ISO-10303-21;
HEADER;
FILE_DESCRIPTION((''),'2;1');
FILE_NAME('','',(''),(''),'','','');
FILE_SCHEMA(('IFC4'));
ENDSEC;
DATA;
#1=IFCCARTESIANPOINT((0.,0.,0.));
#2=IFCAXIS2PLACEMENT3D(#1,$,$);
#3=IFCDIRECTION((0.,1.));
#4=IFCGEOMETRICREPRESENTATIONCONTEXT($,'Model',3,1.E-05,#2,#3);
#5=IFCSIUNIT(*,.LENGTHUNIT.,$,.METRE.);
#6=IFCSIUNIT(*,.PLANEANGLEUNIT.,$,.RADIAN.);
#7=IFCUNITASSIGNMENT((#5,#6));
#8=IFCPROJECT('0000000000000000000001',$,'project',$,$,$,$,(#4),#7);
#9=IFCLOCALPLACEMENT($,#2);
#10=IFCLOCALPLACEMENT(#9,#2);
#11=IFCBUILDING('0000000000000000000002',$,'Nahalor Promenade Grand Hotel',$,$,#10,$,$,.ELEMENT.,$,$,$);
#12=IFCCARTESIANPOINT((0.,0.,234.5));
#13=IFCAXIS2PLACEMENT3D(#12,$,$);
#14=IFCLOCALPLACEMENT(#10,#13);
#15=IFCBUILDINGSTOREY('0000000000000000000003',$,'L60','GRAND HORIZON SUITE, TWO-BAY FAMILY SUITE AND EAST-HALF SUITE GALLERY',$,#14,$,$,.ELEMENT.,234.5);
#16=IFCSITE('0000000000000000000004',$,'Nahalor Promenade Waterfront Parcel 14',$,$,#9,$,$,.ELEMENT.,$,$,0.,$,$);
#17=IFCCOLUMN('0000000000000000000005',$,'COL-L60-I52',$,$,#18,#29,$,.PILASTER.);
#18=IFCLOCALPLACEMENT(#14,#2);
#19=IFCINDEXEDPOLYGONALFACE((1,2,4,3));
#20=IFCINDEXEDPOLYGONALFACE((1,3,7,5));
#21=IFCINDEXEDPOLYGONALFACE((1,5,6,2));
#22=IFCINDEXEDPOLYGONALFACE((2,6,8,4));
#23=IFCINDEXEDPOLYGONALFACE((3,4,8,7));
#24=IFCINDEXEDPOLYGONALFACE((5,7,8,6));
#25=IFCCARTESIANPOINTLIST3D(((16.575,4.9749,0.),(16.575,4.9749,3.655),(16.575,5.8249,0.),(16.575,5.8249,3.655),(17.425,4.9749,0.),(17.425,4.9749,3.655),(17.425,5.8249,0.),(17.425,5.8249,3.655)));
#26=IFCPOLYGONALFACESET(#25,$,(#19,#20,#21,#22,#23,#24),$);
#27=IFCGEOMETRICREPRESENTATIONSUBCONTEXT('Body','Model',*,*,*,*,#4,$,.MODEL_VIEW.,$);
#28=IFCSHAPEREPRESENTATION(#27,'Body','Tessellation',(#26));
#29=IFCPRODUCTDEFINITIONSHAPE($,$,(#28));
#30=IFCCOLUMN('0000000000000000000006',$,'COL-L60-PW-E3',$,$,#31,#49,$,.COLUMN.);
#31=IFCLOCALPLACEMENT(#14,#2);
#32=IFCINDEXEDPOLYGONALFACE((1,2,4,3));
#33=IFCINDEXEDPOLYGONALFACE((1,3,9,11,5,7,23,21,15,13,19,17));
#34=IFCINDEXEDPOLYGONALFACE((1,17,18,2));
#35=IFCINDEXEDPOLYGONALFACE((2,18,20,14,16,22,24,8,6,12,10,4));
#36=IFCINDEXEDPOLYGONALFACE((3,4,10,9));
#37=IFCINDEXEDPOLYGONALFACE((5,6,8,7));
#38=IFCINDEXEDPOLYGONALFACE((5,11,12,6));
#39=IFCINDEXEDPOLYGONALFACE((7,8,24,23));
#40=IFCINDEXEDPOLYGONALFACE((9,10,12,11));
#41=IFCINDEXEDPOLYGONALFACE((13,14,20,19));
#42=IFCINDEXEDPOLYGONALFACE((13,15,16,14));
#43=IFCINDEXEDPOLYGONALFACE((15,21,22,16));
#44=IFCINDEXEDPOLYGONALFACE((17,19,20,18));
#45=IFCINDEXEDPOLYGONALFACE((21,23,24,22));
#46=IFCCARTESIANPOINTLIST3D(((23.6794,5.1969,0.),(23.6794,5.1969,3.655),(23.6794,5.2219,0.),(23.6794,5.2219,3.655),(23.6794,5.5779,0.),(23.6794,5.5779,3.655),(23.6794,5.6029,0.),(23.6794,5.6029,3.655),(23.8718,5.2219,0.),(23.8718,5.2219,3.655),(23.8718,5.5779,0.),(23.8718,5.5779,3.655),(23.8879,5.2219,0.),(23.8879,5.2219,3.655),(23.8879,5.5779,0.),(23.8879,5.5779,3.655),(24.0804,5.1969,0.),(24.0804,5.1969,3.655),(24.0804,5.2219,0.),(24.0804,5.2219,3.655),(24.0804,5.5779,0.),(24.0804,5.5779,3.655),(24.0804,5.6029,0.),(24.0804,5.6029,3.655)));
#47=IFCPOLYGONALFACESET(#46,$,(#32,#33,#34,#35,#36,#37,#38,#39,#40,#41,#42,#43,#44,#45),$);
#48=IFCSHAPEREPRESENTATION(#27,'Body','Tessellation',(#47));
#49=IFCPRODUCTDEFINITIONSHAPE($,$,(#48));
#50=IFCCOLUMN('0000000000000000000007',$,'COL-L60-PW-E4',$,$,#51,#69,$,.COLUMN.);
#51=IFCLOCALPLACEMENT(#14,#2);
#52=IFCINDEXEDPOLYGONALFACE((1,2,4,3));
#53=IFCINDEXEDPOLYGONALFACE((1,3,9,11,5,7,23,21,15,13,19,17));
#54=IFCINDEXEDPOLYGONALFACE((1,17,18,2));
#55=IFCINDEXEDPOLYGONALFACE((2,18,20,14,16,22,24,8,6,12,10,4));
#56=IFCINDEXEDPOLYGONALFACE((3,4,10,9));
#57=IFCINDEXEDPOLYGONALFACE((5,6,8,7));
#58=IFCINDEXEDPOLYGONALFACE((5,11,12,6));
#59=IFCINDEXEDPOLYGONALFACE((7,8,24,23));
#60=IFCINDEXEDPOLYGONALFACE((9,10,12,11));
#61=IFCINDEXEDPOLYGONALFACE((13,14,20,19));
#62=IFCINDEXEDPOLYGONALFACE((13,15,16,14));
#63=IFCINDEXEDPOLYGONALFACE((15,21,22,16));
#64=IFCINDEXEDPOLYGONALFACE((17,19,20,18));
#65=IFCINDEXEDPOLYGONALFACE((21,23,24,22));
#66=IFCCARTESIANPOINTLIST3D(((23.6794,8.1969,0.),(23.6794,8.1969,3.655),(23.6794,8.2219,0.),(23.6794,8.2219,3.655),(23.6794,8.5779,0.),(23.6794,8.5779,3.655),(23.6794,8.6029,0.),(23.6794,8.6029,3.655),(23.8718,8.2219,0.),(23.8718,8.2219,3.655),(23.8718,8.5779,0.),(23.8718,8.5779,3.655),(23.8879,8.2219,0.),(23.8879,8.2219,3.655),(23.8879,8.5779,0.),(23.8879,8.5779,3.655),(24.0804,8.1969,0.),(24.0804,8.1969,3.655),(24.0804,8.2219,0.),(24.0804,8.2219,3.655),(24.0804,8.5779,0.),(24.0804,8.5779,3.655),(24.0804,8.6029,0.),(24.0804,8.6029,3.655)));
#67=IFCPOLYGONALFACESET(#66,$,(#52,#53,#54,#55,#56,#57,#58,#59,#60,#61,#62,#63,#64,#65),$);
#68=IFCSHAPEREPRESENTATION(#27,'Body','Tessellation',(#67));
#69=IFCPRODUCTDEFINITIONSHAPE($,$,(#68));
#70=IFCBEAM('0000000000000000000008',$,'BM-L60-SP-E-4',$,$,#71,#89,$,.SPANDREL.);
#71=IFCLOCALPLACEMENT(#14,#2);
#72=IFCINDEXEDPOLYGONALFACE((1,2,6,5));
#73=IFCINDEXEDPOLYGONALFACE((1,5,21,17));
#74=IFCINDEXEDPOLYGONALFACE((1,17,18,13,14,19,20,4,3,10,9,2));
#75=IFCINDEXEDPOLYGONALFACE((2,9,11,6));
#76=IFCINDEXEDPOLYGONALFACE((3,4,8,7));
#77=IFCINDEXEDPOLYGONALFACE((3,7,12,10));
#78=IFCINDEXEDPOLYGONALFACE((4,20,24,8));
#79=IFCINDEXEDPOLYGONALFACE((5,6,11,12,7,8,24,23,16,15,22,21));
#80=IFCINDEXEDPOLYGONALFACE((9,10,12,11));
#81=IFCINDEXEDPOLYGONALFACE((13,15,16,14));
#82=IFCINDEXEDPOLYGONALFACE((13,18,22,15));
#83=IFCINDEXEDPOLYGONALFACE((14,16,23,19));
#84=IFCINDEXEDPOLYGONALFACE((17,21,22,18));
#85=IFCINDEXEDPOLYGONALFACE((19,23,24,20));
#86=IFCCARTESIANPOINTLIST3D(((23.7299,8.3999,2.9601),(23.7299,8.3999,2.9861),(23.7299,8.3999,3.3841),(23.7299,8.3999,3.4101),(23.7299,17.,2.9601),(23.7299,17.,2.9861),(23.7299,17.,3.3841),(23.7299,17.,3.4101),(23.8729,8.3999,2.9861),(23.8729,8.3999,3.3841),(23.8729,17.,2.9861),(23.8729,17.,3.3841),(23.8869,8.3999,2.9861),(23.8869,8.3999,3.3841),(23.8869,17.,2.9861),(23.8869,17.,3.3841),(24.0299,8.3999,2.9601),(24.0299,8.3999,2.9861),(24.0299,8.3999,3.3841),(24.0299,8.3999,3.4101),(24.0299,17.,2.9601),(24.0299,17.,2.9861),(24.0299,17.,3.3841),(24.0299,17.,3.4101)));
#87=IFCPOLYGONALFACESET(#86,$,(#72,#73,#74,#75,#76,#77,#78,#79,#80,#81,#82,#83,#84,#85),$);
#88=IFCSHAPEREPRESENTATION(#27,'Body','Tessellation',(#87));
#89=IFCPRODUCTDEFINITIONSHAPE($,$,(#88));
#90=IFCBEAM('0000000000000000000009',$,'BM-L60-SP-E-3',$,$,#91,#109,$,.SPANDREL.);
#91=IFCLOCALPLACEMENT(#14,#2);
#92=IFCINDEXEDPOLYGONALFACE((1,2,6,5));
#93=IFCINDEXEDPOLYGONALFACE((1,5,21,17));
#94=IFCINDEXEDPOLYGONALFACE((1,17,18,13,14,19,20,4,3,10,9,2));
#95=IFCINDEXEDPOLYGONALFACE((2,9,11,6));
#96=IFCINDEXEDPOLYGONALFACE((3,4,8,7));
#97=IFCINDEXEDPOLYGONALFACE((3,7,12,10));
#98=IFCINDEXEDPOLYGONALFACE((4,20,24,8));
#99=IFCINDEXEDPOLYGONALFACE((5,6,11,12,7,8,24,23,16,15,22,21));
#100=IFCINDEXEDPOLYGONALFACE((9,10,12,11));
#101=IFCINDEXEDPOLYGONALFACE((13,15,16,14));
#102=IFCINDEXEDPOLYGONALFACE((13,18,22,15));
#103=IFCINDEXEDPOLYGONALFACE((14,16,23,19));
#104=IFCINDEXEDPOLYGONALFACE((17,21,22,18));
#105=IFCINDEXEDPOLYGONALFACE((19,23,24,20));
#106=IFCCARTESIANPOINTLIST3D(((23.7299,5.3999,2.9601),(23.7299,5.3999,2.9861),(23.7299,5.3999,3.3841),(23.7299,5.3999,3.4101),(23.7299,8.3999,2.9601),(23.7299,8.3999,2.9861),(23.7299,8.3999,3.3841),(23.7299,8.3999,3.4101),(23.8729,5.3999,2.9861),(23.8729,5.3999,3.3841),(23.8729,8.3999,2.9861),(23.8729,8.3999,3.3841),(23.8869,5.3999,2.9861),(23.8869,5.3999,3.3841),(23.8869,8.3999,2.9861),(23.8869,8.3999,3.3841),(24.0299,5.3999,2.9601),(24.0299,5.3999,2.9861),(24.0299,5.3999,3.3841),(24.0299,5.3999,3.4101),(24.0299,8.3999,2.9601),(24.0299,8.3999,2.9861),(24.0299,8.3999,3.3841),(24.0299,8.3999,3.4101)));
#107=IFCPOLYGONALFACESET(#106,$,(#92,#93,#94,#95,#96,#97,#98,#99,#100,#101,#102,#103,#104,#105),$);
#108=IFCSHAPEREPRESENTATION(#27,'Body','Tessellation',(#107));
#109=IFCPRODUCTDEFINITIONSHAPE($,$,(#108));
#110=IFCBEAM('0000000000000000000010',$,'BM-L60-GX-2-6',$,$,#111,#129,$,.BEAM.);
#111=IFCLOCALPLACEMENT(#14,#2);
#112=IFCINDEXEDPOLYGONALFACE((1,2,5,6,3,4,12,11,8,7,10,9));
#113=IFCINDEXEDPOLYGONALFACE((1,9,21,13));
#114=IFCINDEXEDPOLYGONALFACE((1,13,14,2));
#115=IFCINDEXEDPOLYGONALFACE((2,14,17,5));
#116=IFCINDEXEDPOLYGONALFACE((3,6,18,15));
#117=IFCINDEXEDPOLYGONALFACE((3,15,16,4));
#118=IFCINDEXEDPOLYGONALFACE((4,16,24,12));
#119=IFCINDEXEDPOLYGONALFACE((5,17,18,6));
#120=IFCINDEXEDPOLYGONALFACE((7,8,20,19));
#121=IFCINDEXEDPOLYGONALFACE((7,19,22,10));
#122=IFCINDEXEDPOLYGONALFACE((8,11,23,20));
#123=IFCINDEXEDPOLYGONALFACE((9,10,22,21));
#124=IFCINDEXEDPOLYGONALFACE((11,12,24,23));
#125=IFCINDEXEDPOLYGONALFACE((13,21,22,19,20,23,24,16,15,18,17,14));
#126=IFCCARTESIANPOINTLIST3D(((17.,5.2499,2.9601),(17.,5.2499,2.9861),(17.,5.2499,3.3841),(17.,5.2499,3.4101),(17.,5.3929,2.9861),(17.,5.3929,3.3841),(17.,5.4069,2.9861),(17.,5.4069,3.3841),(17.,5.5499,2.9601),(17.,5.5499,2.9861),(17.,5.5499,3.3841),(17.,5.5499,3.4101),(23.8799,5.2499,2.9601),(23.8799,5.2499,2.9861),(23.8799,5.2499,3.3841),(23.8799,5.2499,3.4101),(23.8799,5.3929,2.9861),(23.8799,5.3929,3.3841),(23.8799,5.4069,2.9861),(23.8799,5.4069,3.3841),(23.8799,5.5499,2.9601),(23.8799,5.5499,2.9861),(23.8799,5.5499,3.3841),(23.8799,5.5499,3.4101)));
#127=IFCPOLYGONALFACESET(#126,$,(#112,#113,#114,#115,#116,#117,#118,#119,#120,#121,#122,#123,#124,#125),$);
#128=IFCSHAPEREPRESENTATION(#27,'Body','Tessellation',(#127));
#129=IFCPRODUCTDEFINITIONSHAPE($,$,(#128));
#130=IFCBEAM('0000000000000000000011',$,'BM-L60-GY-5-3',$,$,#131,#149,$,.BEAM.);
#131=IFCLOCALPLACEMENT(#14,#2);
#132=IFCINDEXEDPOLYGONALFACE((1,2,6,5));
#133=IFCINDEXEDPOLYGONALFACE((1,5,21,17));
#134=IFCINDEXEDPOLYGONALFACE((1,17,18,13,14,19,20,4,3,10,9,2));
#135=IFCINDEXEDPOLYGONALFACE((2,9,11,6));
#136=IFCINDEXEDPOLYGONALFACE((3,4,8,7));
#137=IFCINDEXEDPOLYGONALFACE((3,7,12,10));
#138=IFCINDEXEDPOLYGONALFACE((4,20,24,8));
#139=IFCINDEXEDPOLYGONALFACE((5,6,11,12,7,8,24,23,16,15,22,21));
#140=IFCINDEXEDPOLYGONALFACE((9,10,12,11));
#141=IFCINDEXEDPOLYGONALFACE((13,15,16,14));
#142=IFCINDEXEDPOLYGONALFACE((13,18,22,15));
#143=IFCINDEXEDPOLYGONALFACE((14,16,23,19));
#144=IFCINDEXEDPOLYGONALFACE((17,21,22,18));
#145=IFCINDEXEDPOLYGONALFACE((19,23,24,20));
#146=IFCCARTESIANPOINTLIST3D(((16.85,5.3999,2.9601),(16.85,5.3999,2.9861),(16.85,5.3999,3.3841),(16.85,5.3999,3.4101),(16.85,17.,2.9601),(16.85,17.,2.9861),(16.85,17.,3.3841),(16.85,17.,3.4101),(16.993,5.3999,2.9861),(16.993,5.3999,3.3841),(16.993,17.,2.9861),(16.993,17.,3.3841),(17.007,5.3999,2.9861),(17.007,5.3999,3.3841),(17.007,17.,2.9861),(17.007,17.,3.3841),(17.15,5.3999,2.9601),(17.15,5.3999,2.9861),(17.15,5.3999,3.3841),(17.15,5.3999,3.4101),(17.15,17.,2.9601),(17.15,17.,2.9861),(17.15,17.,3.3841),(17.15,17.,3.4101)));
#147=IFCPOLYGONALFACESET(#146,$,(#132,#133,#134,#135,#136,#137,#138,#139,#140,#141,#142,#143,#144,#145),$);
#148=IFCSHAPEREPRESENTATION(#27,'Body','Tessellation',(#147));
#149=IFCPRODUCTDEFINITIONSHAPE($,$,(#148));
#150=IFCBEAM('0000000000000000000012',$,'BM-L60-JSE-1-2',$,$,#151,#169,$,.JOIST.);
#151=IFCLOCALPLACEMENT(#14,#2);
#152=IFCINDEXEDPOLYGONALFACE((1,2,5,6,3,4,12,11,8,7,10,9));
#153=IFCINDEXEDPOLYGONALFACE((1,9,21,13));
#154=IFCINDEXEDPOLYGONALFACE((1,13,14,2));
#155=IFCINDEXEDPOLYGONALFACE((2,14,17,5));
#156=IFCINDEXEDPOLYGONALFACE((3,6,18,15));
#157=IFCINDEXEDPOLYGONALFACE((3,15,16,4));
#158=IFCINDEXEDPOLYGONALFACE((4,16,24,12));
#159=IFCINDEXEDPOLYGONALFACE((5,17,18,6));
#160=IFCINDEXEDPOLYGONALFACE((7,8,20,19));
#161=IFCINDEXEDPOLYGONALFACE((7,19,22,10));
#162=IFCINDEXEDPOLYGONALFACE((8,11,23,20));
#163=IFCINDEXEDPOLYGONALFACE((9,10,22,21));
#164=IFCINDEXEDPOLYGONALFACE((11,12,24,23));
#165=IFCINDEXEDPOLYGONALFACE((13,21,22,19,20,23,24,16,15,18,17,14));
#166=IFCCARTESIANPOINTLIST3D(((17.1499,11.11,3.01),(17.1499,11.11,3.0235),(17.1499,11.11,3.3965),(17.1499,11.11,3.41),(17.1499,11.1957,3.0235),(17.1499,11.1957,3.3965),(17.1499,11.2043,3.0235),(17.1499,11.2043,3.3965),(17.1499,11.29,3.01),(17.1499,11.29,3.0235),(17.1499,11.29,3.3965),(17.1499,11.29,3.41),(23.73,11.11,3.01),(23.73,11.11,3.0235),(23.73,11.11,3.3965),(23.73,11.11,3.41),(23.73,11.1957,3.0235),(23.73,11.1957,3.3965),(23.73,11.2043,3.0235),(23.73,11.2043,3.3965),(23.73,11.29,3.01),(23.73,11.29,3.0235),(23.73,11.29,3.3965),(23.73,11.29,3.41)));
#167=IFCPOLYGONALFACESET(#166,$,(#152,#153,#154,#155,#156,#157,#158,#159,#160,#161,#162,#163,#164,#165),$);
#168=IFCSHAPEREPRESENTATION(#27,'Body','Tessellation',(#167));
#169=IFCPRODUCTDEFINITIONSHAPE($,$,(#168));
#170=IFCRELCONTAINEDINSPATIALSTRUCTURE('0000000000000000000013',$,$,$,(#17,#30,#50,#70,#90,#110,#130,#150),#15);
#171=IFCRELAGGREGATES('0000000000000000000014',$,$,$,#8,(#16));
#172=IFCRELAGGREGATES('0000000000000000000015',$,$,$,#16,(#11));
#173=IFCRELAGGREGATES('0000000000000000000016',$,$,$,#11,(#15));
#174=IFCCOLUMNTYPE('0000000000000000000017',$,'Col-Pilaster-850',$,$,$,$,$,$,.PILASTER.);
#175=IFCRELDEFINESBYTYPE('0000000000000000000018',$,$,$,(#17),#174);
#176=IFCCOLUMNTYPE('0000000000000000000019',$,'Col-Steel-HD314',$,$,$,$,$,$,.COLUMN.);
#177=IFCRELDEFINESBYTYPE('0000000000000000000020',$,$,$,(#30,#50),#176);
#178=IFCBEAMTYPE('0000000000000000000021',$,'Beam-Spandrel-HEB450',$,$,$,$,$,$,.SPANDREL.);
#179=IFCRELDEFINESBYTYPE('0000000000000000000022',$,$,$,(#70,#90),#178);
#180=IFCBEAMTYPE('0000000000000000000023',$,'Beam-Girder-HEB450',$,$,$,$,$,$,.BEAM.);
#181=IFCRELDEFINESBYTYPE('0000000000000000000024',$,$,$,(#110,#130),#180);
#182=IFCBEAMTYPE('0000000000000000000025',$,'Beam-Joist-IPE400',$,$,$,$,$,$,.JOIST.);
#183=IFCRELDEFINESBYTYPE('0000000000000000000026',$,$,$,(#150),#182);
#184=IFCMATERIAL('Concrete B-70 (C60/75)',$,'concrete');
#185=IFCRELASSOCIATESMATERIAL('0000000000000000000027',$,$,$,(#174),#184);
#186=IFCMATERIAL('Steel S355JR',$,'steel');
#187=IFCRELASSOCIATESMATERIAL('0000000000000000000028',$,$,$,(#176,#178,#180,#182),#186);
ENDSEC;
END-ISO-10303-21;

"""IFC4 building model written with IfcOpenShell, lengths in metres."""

from ifc_helpers import new_model, si_unit, direction, frame, origin, origin_2d, place, context, subcontext, project, spatial, rectangle, i_section, extrude, source, transform, mapped, material, material_profile, profile_set, type_object, element, save


model = new_model("IFC4")

# Units and contexts
model_context = context("Model", 3, precision=1e-05, world=origin(), true_north=direction((0.0, 1.0)))
body_context = subcontext(model_context, "Body", "Model", "MODEL_VIEW")
ifc_project = project(units=[si_unit("LENGTHUNIT", "METRE"), si_unit("PLANEANGLEUNIT", "RADIAN")], contexts=[model_context])

# Site, building, storey
site_placement = place(None, origin())
site = spatial("IfcSite", under=ifc_project, at=site_placement, Name="Nahalor Promenade Waterfront Parcel 14", CompositionType="ELEMENT", RefElevation=0.0)
building_placement = place(site_placement, origin())
building = spatial("IfcBuilding", under=site, at=building_placement, Name="Nahalor Promenade Grand Hotel", CompositionType="ELEMENT")
storey_placement = place(building_placement, frame((0.0, 0.0, 234.5)))
storey = spatial("IfcBuildingStorey", under=building, at=storey_placement, Name="L60", Description="GRAND HORIZON SUITE, TWO-BAY FAMILY SUITE AND EAST-HALF SUITE GALLERY", CompositionType="ELEMENT", Elevation=234.5)

# Columns
ifc_material_1 = material(Name="Concrete B-70 (C60/75)", Category="concrete")
ifc_material_profile_1 = material_profile(ifc_material_1, rectangle(XDim=0.85, YDim=0.85, at=origin_2d()), Name="RC 850x850")
ifc_profile_set_1 = profile_set([ifc_material_profile_1], Name="Concrete B-70 (C60/75)")
column_type_1 = type_object("IfcColumnType", Name="Col-Pilaster-850", PredefinedType="PILASTER", material=ifc_profile_set_1)
shared_shape_1 = source(origin(), body_context, "Body", "SweptSolid", [
    extrude(rectangle(XDim=0.85, YDim=0.85, at=origin_2d()), origin(), (0.0, 0.0, 1.0), 3.655),
])
column_placement = place(storey_placement, frame((17.0, 5.3999, 0.0), z_axis=(0.0, 0.0, 1.0), x_axis=(1.0, 0.0, 0.0)))
element("IfcColumn", 1, at=column_placement, inside=storey, type_object=column_type_1, Name="COL-L60-I52", PredefinedType="PILASTER", context=body_context, shape_type="MappedRepresentation", body=[
    mapped(shared_shape_1, transform((0.0, 0.0, 0.0), scale=1.0)),
])
ifc_material_2 = material(Name="Steel S355JR", Category="steel")
ifc_material_profile_2 = material_profile(ifc_material_2, i_section(OverallWidth=0.401, OverallDepth=0.406, WebThickness=0.0161, FlangeThickness=0.025, at=origin_2d()), Name="HD 400x314")
ifc_profile_set_2 = profile_set([ifc_material_profile_2], Name="Steel S355JR")
column_type_2 = type_object("IfcColumnType", Name="Col-Steel-HD314", PredefinedType="COLUMN", material=ifc_profile_set_2)
shared_shape_2 = source(origin(), body_context, "Body", "SweptSolid", [
    extrude(i_section(OverallWidth=0.401, OverallDepth=0.406, WebThickness=0.0161, FlangeThickness=0.025, at=origin_2d()), origin(), (0.0, 0.0, 1.0), 3.655),
])
for number, where, z_axis, x_axis, name in (
    (2, (23.8799, 5.3999, 0.0), (0.0, 0.0, 1.0), (1.0, 0.0, 0.0), "COL-L60-PW-E3"),
    (3, (23.8799, 8.3999, 0.0), (0.0, 0.0, 1.0), (1.0, 0.0, 0.0), "COL-L60-PW-E4"),
):
    element("IfcColumn", number, at=place(storey_placement, frame(where, z_axis=z_axis, x_axis=x_axis)), inside=storey, type_object=column_type_2, Name=name, PredefinedType="COLUMN", context=body_context, shape_type="MappedRepresentation", body=[
        mapped(shared_shape_2, transform((0.0, 0.0, 0.0), scale=1.0)),
    ])

# Beams
ifc_material_profile_3 = material_profile(ifc_material_2, i_section(OverallWidth=0.3, OverallDepth=0.45, WebThickness=0.014, FlangeThickness=0.026, at=origin_2d()), Name="HEB 450")
ifc_profile_set_3 = profile_set([ifc_material_profile_3], Name="Steel S355JR")
beam_type_1 = type_object("IfcBeamType", Name="Beam-Spandrel-HEB450", PredefinedType="SPANDREL", material=ifc_profile_set_3)
shared_shape_3 = source(origin(), body_context, "Body", "SweptSolid", [
    extrude(i_section(OverallWidth=0.3, OverallDepth=0.45, WebThickness=0.014, FlangeThickness=0.026, at=origin_2d()), origin(), (0.0, 0.0, 1.0), 8.6001),
])
beam_1_placement = place(storey_placement, frame((23.8799, 8.3999, 3.1851), z_axis=(0.0, 1.0, 0.0), x_axis=(-1.0, 0.0, 0.0)))
element("IfcBeam", 4, at=beam_1_placement, inside=storey, type_object=beam_type_1, Name="BM-L60-SP-E-4", PredefinedType="SPANDREL", context=body_context, shape_type="MappedRepresentation", body=[
    mapped(shared_shape_3, transform((0.0, 0.0, 0.0), scale=1.0)),
])
shared_shape_4 = source(origin(), body_context, "Body", "SweptSolid", [
    extrude(i_section(OverallWidth=0.3, OverallDepth=0.45, WebThickness=0.014, FlangeThickness=0.026, at=origin_2d()), origin(), (0.0, 0.0, 1.0), 3.0),
])
beam_2_placement = place(storey_placement, frame((23.8799, 5.3999, 3.1851), z_axis=(0.0, 1.0, 0.0), x_axis=(-1.0, 0.0, 0.0)))
element("IfcBeam", 5, at=beam_2_placement, inside=storey, type_object=beam_type_1, Name="BM-L60-SP-E-3", PredefinedType="SPANDREL", context=body_context, shape_type="MappedRepresentation", body=[
    mapped(shared_shape_4, transform((0.0, 0.0, 0.0), scale=1.0)),
])
ifc_material_profile_4 = material_profile(ifc_material_2, i_section(OverallWidth=0.3, OverallDepth=0.45, WebThickness=0.014, FlangeThickness=0.026, at=origin_2d()), Name="HEB 450")
ifc_profile_set_4 = profile_set([ifc_material_profile_4], Name="Steel S355JR")
beam_type_2 = type_object("IfcBeamType", Name="Beam-Girder-HEB450", PredefinedType="BEAM", material=ifc_profile_set_4)
shared_shape_5 = source(origin(), body_context, "Body", "SweptSolid", [
    extrude(i_section(OverallWidth=0.3, OverallDepth=0.45, WebThickness=0.014, FlangeThickness=0.026, at=origin_2d()), origin(), (0.0, 0.0, 1.0), 6.8799),
])
beam_3_placement = place(storey_placement, frame((17.0, 5.3999, 3.1851), z_axis=(1.0, 0.0, 0.0), x_axis=(0.0, 1.0, 0.0)))
element("IfcBeam", 6, at=beam_3_placement, inside=storey, type_object=beam_type_2, Name="BM-L60-GX-2-6", PredefinedType="BEAM", context=body_context, shape_type="MappedRepresentation", body=[
    mapped(shared_shape_5, transform((0.0, 0.0, 0.0), scale=1.0)),
])
shared_shape_6 = source(origin(), body_context, "Body", "SweptSolid", [
    extrude(i_section(OverallWidth=0.3, OverallDepth=0.45, WebThickness=0.014, FlangeThickness=0.026, at=origin_2d()), origin(), (0.0, 0.0, 1.0), 11.6001),
])
beam_4_placement = place(storey_placement, frame((17.0, 5.3999, 3.1851), z_axis=(0.0, 1.0, 0.0), x_axis=(-1.0, 0.0, 0.0)))
element("IfcBeam", 7, at=beam_4_placement, inside=storey, type_object=beam_type_2, Name="BM-L60-GY-5-3", PredefinedType="BEAM", context=body_context, shape_type="MappedRepresentation", body=[
    mapped(shared_shape_6, transform((0.0, 0.0, 0.0), scale=1.0)),
])
ifc_material_profile_5 = material_profile(ifc_material_2, i_section(OverallWidth=0.18, OverallDepth=0.4, WebThickness=0.0086, FlangeThickness=0.0135, at=origin_2d()), Name="IPE 400")
ifc_profile_set_5 = profile_set([ifc_material_profile_5], Name="Steel S355JR")
beam_type_3 = type_object("IfcBeamType", Name="Beam-Joist-IPE400", PredefinedType="JOIST", material=ifc_profile_set_5)
shared_shape_7 = source(origin(), body_context, "Body", "SweptSolid", [
    extrude(i_section(OverallWidth=0.18, OverallDepth=0.4, WebThickness=0.0086, FlangeThickness=0.0135, at=origin_2d()), origin(), (0.0, 0.0, 1.0), 6.5801),
])
beam_5_placement = place(storey_placement, frame((17.1499, 11.2, 3.21), z_axis=(1.0, 0.0, 0.0), x_axis=(0.0, 1.0, 0.0)))
element("IfcBeam", 8, at=beam_5_placement, inside=storey, type_object=beam_type_3, Name="BM-L60-JSE-1-2", PredefinedType="JOIST", context=body_context, shape_type="MappedRepresentation", body=[
    mapped(shared_shape_7, transform((0.0, 0.0, 0.0), scale=1.0)),
])

save(model, "model.ifc")
